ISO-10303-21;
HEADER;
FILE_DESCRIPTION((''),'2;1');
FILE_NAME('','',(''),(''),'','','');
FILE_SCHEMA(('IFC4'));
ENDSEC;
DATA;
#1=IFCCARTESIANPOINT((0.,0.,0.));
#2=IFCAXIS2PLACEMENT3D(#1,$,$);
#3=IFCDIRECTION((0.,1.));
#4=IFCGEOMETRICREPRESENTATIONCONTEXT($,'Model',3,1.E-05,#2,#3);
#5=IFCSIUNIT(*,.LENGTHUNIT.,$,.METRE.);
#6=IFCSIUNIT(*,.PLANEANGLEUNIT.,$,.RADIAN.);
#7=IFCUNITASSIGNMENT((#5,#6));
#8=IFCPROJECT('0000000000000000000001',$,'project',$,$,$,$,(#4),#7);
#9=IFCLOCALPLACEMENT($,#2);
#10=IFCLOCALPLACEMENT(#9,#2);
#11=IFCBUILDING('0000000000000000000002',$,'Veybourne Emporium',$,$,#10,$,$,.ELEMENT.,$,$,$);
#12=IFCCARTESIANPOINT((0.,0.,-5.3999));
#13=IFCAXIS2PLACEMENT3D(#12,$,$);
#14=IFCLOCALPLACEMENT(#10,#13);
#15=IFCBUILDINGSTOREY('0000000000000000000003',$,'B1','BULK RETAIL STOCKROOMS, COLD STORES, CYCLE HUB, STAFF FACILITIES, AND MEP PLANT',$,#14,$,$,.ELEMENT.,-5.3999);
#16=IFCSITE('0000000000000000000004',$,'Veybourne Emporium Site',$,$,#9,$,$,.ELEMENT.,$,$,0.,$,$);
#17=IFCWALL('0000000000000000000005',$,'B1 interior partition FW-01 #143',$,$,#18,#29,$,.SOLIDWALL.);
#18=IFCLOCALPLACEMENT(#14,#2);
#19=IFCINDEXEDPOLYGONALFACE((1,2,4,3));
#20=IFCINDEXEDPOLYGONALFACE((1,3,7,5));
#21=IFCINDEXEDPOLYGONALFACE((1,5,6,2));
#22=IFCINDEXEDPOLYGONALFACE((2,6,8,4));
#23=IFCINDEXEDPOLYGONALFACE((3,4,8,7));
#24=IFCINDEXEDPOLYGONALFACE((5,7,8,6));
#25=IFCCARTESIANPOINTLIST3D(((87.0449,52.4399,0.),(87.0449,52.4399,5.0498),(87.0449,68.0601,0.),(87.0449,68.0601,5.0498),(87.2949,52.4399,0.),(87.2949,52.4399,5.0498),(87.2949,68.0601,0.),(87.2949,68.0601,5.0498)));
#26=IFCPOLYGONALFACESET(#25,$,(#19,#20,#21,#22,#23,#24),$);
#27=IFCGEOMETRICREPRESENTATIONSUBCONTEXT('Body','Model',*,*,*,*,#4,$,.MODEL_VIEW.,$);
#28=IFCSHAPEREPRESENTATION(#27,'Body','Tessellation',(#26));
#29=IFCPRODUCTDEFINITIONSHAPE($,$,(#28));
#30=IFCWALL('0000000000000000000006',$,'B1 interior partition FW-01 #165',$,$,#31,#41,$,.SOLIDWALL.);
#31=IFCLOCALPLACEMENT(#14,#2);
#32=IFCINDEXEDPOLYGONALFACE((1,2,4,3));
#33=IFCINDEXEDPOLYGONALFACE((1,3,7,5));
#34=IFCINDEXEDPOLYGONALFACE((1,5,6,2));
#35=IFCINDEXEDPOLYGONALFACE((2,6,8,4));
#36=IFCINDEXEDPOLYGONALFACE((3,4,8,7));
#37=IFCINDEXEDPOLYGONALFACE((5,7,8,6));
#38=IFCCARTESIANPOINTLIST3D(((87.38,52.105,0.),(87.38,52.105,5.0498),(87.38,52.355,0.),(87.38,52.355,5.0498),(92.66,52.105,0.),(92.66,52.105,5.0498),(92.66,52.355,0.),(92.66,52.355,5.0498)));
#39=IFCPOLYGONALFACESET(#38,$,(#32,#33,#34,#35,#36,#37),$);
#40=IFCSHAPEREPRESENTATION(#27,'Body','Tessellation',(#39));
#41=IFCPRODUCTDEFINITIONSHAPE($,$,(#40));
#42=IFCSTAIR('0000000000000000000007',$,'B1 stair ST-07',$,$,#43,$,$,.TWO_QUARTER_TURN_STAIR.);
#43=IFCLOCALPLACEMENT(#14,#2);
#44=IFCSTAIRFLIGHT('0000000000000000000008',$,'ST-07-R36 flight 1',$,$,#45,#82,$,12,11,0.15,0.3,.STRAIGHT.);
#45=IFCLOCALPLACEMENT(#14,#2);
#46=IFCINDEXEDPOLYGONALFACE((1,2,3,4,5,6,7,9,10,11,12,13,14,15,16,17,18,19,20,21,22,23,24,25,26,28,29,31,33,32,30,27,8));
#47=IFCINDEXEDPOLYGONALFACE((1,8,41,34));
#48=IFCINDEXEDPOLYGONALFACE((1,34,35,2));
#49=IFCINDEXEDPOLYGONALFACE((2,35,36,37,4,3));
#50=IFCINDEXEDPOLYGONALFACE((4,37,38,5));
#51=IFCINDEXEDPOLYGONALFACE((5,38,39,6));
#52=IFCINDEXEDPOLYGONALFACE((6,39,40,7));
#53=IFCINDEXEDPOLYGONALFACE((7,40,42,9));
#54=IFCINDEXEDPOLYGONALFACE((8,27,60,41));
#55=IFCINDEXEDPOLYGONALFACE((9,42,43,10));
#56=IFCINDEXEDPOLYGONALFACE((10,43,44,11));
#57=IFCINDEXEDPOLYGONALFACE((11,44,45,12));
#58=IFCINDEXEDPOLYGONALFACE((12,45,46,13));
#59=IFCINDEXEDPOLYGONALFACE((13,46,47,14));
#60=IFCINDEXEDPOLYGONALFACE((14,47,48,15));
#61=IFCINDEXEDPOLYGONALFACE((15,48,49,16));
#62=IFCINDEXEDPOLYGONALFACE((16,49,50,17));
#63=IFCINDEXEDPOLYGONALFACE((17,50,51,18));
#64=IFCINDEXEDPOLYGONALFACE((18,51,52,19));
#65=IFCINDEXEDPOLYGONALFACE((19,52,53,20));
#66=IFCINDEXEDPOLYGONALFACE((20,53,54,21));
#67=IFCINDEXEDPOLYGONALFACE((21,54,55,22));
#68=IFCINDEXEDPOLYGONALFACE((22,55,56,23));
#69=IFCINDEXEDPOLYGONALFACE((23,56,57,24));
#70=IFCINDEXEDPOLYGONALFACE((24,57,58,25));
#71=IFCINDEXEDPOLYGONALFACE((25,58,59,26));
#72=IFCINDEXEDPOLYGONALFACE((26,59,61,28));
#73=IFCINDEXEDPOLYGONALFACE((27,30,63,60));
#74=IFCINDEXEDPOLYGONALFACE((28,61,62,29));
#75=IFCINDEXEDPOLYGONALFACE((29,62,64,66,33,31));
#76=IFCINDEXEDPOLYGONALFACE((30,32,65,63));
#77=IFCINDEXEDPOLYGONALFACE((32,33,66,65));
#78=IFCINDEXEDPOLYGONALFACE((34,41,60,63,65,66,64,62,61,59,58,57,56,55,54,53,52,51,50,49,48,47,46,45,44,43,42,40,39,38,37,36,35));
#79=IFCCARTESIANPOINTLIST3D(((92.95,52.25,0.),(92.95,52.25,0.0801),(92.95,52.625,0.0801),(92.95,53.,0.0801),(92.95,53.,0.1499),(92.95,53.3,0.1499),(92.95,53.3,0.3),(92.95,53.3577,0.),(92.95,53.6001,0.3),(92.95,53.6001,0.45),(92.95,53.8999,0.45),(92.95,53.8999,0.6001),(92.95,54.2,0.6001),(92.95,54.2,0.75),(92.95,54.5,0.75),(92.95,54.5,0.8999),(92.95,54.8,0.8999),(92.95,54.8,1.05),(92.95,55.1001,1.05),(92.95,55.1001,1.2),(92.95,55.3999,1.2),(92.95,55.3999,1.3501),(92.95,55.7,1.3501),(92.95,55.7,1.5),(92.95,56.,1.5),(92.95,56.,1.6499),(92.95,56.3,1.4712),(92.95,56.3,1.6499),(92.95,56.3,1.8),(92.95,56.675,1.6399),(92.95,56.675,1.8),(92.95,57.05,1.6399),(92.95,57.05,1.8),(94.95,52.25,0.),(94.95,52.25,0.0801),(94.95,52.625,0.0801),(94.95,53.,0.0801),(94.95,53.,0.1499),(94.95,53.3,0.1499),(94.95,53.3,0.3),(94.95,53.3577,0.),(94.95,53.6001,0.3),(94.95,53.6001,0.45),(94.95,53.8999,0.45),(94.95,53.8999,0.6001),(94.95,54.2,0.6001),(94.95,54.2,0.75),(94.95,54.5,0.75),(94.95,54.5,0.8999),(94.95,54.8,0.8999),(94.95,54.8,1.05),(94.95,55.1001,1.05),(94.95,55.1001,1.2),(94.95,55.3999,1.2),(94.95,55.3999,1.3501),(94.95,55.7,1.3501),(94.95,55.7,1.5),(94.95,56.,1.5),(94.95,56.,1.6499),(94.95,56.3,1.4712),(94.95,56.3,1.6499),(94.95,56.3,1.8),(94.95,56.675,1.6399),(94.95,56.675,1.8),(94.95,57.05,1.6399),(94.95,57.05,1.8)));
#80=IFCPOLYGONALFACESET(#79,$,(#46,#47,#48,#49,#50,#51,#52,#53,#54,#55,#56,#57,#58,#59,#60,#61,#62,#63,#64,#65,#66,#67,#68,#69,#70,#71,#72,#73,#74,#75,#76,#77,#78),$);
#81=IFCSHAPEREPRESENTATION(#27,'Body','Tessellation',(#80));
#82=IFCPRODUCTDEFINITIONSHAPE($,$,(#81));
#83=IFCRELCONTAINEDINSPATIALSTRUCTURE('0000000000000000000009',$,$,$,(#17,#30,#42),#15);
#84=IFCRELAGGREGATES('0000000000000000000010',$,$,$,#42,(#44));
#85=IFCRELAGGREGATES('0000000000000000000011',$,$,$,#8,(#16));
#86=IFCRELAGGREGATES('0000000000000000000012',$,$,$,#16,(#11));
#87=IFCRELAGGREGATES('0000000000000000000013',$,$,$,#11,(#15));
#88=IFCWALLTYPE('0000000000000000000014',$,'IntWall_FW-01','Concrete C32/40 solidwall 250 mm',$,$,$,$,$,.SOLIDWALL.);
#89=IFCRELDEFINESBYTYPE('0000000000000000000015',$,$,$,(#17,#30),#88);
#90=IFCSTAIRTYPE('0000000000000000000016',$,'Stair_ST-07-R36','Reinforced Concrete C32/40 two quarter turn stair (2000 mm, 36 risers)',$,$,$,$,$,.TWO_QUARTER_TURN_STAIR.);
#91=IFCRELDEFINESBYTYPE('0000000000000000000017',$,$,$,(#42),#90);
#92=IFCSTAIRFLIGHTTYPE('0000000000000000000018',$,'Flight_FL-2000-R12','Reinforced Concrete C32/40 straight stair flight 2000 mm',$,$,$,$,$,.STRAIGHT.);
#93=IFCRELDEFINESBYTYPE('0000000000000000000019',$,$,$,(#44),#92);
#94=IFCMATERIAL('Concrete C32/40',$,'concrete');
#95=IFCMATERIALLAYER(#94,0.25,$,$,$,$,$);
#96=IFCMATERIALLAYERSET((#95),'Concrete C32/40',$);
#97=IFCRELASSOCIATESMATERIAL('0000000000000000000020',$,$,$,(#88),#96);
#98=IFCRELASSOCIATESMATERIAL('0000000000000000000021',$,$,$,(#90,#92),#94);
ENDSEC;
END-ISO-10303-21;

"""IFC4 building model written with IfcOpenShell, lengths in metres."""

from ifc_helpers import new_model, si_unit, direction, frame, frame_2d, origin, place, context, subcontext, project, spatial, polyline, rectangle, outline, extrude, material, layer, layer_set, type_object, element, aggregate, save


model = new_model("IFC4")

# Units and contexts
model_context = context("Model", 3, precision=1e-05, world=origin(), true_north=direction((0.0, 1.0)))
body_context = subcontext(model_context, "Body", "Model", "MODEL_VIEW")
ifc_project = project(units=[si_unit("LENGTHUNIT", "METRE"), si_unit("PLANEANGLEUNIT", "RADIAN")], contexts=[model_context])

# Site, building, storey
site_placement = place(None, origin())
site = spatial("IfcSite", under=ifc_project, at=site_placement, Name="Veybourne Emporium Site", CompositionType="ELEMENT", RefElevation=0.0)
building_placement = place(site_placement, origin())
building = spatial("IfcBuilding", under=site, at=building_placement, Name="Veybourne Emporium", CompositionType="ELEMENT")
storey_placement = place(building_placement, frame((0.0, 0.0, -5.3999)))
storey = spatial("IfcBuildingStorey", under=building, at=storey_placement, Name="B1", Description="BULK RETAIL STOCKROOMS, COLD STORES, CYCLE HUB, STAFF FACILITIES, AND MEP PLANT", CompositionType="ELEMENT", Elevation=-5.3999)

# Shared definitions
ifc_material_1 = material(Name="Concrete C32/40", Category="concrete")

# Walls
ifc_layer_1 = layer(ifc_material_1, 0.25)
ifc_layer_set_1 = layer_set([ifc_layer_1], Name="Concrete C32/40")
wall_type_1 = type_object("IfcWallType", Name="IntWall_FW-01", Description="Concrete C32/40 solidwall 250 mm", PredefinedType="SOLIDWALL", material=ifc_layer_set_1)
wall_1_placement = place(storey_placement, frame((87.1699, 52.4399, 0.0), z_axis=(0.0, 0.0, 1.0), x_axis=(0.0, 1.0, 0.0)))
element("IfcWall", 1, at=wall_1_placement, inside=storey, type_object=wall_type_1, Name="B1 interior partition FW-01 #143", PredefinedType="SOLIDWALL", context=body_context, shape_type="SweptSolid", body=[
    extrude(rectangle(XDim=15.6201, YDim=0.25, at=frame_2d((7.8101, 0.0))), origin(), (0.0, 0.0, 1.0), 5.0498),
])
wall_2_placement = place(storey_placement, frame((87.3799, 52.23, 0.0), z_axis=(0.0, 0.0, 1.0), x_axis=(1.0, 0.0, 0.0)))
element("IfcWall", 2, at=wall_2_placement, inside=storey, type_object=wall_type_1, Name="B1 interior partition FW-01 #165", PredefinedType="SOLIDWALL", context=body_context, shape_type="SweptSolid", body=[
    extrude(rectangle(XDim=5.28, YDim=0.25, at=frame_2d((2.6401, 0.0))), origin(), (0.0, 0.0, 1.0), 5.0498),
])

# Stair, stair flight
stair_type = type_object("IfcStairType", Name="Stair_ST-07-R36", Description="Reinforced Concrete C32/40 two quarter turn stair (2000 mm, 36 risers)", PredefinedType="TWO_QUARTER_TURN_STAIR", material=ifc_material_1)
stair_placement = place(storey_placement, origin())
stair = element("IfcStair", 3, at=stair_placement, inside=storey, type_object=stair_type, Name="B1 stair ST-07", PredefinedType="TWO_QUARTER_TURN_STAIR")
stair_flight_type = type_object("IfcStairFlightType", Name="Flight_FL-2000-R12", Description="Reinforced Concrete C32/40 straight stair flight 2000 mm", PredefinedType="STRAIGHT", material=ifc_material_1)
stair_flight_placement = place(storey_placement, frame((93.95, 53.0, 0.0), z_axis=(0.0, 0.0, 1.0), x_axis=(0.0, 1.0, 0.0)))
stair_flight = element("IfcStairFlight", 4, at=stair_flight_placement, type_object=stair_flight_type, Name="ST-07-R36 flight 1", NumberOfRisers=12, NumberOfTreads=11, PredefinedType="STRAIGHT", RiserHeight=0.15, TreadLength=0.3, context=body_context, shape_type="SweptSolid", body=[
    extrude(outline(polyline([(-0.75, 0.0), (-0.75, 0.0801), (-0.375, 0.0801), (0.0, 0.0801), (0.0, 0.1499), (0.3, 0.1499), (0.3, 0.3), (0.6001, 0.3), (0.6001, 0.45), (0.8999, 0.45), (0.8999, 0.6001), (1.2, 0.6001), (1.2, 0.75), (1.5, 0.75), (1.5, 0.8999), (1.8, 0.8999), (1.8, 1.05), (2.1001, 1.05), (2.1001, 1.2), (2.3999, 1.2), (2.3999, 1.3501), (2.7, 1.3501), (2.7, 1.5), (3.0, 1.5), (3.0, 1.6499), (3.3, 1.6499), (3.3, 1.8), (3.675, 1.8), (4.05, 1.8), (4.05, 1.6399), (3.675, 1.6399), (3.3, 1.4712), (0.3577, 0.0), (-0.75, 0.0)])), frame((0.0, 1.0, 0.0), z_axis=(0.0, -1.0, 0.0), x_axis=(1.0, 0.0, 0.0)), (0.0, 0.0, 1.0), 2.0),
])
aggregate(stair, [stair_flight])

save(model, "model.ifc")
